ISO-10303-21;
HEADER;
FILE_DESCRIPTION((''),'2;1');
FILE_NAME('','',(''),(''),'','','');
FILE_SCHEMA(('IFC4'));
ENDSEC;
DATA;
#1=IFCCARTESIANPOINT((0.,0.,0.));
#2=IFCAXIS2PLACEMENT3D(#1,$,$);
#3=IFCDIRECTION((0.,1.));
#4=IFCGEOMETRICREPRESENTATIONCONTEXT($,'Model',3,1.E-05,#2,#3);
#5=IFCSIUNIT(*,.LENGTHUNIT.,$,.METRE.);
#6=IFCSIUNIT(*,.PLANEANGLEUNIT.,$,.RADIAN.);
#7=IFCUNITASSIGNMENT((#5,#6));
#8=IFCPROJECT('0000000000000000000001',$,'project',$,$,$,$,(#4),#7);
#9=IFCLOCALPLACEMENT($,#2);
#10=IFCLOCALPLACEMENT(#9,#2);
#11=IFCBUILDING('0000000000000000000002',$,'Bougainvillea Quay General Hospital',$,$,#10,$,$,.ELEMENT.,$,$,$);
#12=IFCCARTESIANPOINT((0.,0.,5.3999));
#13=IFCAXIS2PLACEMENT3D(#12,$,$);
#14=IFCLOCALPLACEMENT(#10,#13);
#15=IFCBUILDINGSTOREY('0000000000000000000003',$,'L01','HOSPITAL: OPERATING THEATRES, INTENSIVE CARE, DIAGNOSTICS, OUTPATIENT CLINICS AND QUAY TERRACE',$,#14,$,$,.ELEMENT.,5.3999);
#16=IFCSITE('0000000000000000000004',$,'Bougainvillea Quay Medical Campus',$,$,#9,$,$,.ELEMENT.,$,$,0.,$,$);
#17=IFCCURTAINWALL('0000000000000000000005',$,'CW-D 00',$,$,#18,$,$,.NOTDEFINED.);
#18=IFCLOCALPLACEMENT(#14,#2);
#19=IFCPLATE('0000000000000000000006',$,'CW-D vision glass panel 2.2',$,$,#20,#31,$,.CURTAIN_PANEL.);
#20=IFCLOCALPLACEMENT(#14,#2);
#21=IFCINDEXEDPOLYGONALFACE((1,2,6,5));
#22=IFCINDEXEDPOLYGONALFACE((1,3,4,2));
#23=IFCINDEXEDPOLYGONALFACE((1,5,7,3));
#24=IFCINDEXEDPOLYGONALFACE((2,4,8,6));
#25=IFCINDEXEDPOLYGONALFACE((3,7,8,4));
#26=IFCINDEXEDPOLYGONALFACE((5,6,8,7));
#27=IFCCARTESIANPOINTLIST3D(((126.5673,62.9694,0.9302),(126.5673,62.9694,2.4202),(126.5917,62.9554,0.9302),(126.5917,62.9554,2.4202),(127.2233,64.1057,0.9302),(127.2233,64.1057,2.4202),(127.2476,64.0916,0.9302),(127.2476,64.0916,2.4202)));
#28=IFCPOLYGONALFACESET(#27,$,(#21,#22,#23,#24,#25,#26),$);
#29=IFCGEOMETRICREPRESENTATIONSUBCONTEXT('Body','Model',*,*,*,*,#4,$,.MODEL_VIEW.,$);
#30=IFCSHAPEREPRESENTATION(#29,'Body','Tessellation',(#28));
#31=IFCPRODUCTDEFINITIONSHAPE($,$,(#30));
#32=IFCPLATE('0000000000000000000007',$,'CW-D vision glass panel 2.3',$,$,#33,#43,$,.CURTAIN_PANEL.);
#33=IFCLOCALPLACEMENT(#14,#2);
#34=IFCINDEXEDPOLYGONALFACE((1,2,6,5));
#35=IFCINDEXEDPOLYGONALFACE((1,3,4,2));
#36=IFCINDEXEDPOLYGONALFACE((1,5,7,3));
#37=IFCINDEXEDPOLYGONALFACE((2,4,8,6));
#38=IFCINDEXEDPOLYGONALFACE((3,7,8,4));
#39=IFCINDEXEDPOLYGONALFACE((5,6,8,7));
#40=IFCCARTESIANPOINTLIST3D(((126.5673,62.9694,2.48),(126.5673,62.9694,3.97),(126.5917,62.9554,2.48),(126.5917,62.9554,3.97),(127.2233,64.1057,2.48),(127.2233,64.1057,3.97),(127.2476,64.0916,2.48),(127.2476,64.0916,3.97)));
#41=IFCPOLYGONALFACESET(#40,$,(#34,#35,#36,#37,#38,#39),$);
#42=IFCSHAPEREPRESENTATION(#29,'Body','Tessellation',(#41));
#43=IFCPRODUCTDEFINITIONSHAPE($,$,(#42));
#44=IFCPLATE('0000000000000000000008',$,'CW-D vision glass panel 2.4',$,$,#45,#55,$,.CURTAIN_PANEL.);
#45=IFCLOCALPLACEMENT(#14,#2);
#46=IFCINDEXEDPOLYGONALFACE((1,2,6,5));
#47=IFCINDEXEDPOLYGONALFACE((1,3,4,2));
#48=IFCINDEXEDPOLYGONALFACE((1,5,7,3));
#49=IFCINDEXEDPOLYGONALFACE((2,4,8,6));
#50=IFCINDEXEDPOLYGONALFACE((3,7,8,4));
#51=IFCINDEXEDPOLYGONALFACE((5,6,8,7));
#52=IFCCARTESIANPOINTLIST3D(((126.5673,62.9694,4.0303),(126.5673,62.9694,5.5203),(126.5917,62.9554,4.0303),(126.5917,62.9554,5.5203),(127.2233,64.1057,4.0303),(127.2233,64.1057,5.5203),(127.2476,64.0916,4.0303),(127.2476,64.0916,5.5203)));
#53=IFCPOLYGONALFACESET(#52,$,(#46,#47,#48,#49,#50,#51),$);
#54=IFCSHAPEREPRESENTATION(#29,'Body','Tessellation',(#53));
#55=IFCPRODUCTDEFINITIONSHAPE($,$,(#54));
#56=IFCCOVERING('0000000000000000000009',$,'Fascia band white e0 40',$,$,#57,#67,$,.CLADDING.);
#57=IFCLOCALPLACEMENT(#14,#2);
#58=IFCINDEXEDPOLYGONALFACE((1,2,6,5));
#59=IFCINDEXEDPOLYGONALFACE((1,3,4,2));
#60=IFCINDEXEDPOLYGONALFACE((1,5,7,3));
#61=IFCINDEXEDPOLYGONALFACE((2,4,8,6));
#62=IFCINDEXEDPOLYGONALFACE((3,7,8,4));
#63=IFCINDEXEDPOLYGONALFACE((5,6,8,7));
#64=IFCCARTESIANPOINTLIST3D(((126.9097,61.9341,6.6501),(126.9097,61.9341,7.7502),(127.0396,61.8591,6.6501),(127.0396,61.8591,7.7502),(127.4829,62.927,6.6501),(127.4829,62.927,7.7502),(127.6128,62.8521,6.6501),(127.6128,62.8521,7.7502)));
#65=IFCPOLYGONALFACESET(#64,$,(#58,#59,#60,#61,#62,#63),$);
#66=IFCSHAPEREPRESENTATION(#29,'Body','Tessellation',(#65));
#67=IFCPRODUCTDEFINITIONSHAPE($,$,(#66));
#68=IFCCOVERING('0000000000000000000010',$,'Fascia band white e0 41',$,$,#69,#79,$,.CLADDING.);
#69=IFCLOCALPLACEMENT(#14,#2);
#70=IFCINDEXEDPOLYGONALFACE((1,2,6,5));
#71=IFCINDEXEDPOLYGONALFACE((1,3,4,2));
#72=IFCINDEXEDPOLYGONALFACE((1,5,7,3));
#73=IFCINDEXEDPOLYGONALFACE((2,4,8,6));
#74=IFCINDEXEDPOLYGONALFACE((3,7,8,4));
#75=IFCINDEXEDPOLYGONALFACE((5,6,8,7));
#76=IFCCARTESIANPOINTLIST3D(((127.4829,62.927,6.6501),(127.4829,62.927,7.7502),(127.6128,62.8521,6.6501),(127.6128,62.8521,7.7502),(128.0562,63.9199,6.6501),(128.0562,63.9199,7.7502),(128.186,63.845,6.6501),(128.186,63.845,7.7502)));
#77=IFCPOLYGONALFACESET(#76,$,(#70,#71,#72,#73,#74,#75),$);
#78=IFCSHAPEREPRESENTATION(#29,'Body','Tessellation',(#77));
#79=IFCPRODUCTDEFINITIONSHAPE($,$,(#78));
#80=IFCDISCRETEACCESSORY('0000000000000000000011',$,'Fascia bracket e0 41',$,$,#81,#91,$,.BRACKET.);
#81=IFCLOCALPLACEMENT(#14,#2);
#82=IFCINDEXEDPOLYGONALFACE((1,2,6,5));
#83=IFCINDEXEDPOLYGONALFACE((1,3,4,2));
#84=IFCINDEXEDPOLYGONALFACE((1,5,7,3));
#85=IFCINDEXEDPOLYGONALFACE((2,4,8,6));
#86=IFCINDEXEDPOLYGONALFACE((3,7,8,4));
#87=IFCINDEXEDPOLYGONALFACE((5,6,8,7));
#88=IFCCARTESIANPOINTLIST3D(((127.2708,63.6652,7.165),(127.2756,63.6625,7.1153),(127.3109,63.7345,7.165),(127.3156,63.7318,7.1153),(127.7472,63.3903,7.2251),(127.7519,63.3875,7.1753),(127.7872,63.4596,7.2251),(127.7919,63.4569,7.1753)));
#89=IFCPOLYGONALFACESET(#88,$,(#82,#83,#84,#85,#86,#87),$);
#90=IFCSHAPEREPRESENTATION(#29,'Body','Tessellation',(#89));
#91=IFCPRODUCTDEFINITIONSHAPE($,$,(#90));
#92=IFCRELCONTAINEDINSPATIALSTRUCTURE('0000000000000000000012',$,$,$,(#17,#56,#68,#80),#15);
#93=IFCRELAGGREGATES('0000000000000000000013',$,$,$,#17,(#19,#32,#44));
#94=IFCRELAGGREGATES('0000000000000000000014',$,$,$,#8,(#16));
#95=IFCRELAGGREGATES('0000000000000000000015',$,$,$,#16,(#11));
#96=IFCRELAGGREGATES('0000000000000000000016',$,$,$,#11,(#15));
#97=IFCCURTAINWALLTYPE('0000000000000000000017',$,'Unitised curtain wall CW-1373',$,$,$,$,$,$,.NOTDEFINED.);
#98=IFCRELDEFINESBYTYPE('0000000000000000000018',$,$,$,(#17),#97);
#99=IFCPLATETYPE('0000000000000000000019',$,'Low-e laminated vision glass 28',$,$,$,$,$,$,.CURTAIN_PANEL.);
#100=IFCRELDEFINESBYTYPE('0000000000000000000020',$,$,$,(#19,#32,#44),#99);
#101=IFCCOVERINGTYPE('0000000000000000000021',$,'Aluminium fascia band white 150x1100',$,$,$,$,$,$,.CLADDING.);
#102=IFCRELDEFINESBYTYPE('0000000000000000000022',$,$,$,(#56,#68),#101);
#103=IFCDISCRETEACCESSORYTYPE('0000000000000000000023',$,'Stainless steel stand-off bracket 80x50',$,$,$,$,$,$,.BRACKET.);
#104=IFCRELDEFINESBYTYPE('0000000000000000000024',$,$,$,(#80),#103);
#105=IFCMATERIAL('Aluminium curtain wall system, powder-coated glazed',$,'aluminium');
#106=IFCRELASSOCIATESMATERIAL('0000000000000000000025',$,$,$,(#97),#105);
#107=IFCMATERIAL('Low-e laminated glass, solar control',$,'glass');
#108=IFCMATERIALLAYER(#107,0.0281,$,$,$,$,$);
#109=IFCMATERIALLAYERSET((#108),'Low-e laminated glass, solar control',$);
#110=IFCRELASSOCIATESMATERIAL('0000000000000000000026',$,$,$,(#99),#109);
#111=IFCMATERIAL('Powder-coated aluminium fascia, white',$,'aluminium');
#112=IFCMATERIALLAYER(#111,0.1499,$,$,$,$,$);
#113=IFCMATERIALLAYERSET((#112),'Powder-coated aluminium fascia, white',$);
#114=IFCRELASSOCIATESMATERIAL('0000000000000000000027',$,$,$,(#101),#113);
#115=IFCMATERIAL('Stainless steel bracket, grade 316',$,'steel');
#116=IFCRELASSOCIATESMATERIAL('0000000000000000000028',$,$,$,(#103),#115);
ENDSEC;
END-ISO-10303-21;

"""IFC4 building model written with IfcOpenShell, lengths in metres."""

from ifc_helpers import new_model, si_unit, direction, frame, origin, origin_2d, place, context, subcontext, project, spatial, polyline, rectangle, outline, extrude, material, layer, layer_set, material_profile, profile_set, type_object, element, aggregate, save


model = new_model("IFC4")

# Units and contexts
model_context = context("Model", 3, precision=1e-05, world=origin(), true_north=direction((0.0, 1.0)))
body_context = subcontext(model_context, "Body", "Model", "MODEL_VIEW")
ifc_project = project(units=[si_unit("LENGTHUNIT", "METRE"), si_unit("PLANEANGLEUNIT", "RADIAN")], contexts=[model_context])

# Site, building, storey
site_placement = place(None, origin())
site = spatial("IfcSite", under=ifc_project, at=site_placement, Name="Bougainvillea Quay Medical Campus", CompositionType="ELEMENT", RefElevation=0.0)
building_placement = place(site_placement, origin())
building = spatial("IfcBuilding", under=site, at=building_placement, Name="Bougainvillea Quay General Hospital", CompositionType="ELEMENT")
storey_placement = place(building_placement, frame((0.0, 0.0, 5.3999)))
storey = spatial("IfcBuildingStorey", under=building, at=storey_placement, Name="L01", Description="HOSPITAL: OPERATING THEATRES, INTENSIVE CARE, DIAGNOSTICS, OUTPATIENT CLINICS AND QUAY TERRACE", CompositionType="ELEMENT", Elevation=5.3999)

# Curtain wall
ifc_material_1 = material(Name="Aluminium curtain wall system, powder-coated glazed", Category="aluminium")
curtain_wall_type_1 = type_object("IfcCurtainWallType", Name="Unitised curtain wall CW-1373", PredefinedType="NOTDEFINED", material=ifc_material_1)
curtain_wall_1_placement = place(storey_placement, origin())
curtain_wall_1 = element("IfcCurtainWall", 1, at=curtain_wall_1_placement, inside=storey, type_object=curtain_wall_type_1, Name="CW-D 00", PredefinedType="NOTDEFINED")

# Plates
ifc_material_2 = material(Name="Low-e laminated glass, solar control", Category="glass")
ifc_layer_1 = layer(ifc_material_2, 0.0281)
ifc_layer_set_1 = layer_set([ifc_layer_1], Name="Low-e laminated glass, solar control")
plate_type_1 = type_object("IfcPlateType", Name="Low-e laminated vision glass 28", PredefinedType="CURTAIN_PANEL", material=ifc_layer_set_1)
plate_1_placement = place(storey_placement, frame((126.9075, 63.5305, 0.9302), z_axis=(0.0, 0.0, 1.0), x_axis=(0.499962, 0.866048, 0.0)))
plate_1 = element("IfcPlate", 2, at=plate_1_placement, type_object=plate_type_1, Name="CW-D vision glass panel 2.2", PredefinedType="CURTAIN_PANEL", context=body_context, shape_type="SweptSolid", body=[
    extrude(rectangle(XDim=1.312, YDim=0.0281, at=origin_2d()), origin(), (0.0, 0.0, 1.0), 1.49),
])
plate_2_placement = place(storey_placement, frame((126.9075, 63.5305, 2.48), z_axis=(0.0, 0.0, 1.0), x_axis=(0.499962, 0.866048, 0.0)))
plate_2 = element("IfcPlate", 3, at=plate_2_placement, type_object=plate_type_1, Name="CW-D vision glass panel 2.3", PredefinedType="CURTAIN_PANEL", context=body_context, shape_type="SweptSolid", body=[
    extrude(rectangle(XDim=1.312, YDim=0.0281, at=origin_2d()), origin(), (0.0, 0.0, 1.0), 1.49),
])
plate_3_placement = place(storey_placement, frame((126.9075, 63.5305, 4.0303), z_axis=(0.0, 0.0, 1.0), x_axis=(0.499962, 0.866048, 0.0)))
plate_3 = element("IfcPlate", 4, at=plate_3_placement, type_object=plate_type_1, Name="CW-D vision glass panel 2.4", PredefinedType="CURTAIN_PANEL", context=body_context, shape_type="SweptSolid", body=[
    extrude(rectangle(XDim=1.312, YDim=0.0281, at=origin_2d()), origin(), (0.0, 0.0, 1.0), 1.49),
])
aggregate(curtain_wall_1, [plate_1, plate_2, plate_3])

# Coverings
ifc_material_3 = material(Name="Powder-coated aluminium fascia, white", Category="aluminium")
ifc_layer_2 = layer(ifc_material_3, 0.1499)
ifc_layer_set_2 = layer_set([ifc_layer_2], Name="Powder-coated aluminium fascia, white")
covering_type = type_object("IfcCoveringType", Name="Aluminium fascia band white 150x1100", PredefinedType="CLADDING", material=ifc_layer_set_2)
for number, where, z_axis, x_axis, name in (
    (5, (126.9097, 61.9341, 6.6501), (0.0, 0.0, 1.0), (0.499987, 0.866033, 0.0), "Fascia band white e0 40"),
    (6, (127.4829, 62.927, 6.6501), (0.0, 0.0, 1.0), (0.499987, 0.866033, 0.0), "Fascia band white e0 41"),
):
    element("IfcCovering", number, at=place(storey_placement, frame(where, z_axis=z_axis, x_axis=x_axis)), inside=storey, type_object=covering_type, Name=name, PredefinedType="CLADDING", context=body_context, shape_type="SweptSolid", body=[
        extrude(outline(polyline([(0.0, 0.0), (1.1465, 0.0), (1.1465, -0.15), (0.0, -0.15), (0.0, 0.0)])), origin(), (0.0, 0.0, 1.0), 1.1001),
    ])

# Discrete accessory
ifc_material_4 = material(Name="Stainless steel bracket, grade 316", Category="steel")
ifc_material_profile_1 = material_profile(ifc_material_4, rectangle(XDim=0.0801, YDim=0.05, at=origin_2d()))
ifc_profile_set_1 = profile_set([ifc_material_profile_1], Name="Stainless steel bracket, grade 316")
discrete_accessory_type = type_object("IfcDiscreteAccessoryType", Name="Stainless steel stand-off bracket 80x50", PredefinedType="BRACKET", material=ifc_profile_set_1)
discrete_accessory_placement = place(storey_placement, frame((127.2932, 63.6985, 7.1401), z_axis=(0.860985, -0.496909, 0.108561), x_axis=(0.499863, 0.866104, 0.0)))
element("IfcDiscreteAccessory", 7, at=discrete_accessory_placement, inside=storey, type_object=discrete_accessory_type, Name="Fascia bracket e0 41", PredefinedType="BRACKET", context=body_context, shape_type="SweptSolid", body=[
    extrude(rectangle(XDim=0.0801, YDim=0.05, at=origin_2d()), origin(), (0.0, 0.0, 1.0), 0.5532),
])

save(model, "model.ifc")
